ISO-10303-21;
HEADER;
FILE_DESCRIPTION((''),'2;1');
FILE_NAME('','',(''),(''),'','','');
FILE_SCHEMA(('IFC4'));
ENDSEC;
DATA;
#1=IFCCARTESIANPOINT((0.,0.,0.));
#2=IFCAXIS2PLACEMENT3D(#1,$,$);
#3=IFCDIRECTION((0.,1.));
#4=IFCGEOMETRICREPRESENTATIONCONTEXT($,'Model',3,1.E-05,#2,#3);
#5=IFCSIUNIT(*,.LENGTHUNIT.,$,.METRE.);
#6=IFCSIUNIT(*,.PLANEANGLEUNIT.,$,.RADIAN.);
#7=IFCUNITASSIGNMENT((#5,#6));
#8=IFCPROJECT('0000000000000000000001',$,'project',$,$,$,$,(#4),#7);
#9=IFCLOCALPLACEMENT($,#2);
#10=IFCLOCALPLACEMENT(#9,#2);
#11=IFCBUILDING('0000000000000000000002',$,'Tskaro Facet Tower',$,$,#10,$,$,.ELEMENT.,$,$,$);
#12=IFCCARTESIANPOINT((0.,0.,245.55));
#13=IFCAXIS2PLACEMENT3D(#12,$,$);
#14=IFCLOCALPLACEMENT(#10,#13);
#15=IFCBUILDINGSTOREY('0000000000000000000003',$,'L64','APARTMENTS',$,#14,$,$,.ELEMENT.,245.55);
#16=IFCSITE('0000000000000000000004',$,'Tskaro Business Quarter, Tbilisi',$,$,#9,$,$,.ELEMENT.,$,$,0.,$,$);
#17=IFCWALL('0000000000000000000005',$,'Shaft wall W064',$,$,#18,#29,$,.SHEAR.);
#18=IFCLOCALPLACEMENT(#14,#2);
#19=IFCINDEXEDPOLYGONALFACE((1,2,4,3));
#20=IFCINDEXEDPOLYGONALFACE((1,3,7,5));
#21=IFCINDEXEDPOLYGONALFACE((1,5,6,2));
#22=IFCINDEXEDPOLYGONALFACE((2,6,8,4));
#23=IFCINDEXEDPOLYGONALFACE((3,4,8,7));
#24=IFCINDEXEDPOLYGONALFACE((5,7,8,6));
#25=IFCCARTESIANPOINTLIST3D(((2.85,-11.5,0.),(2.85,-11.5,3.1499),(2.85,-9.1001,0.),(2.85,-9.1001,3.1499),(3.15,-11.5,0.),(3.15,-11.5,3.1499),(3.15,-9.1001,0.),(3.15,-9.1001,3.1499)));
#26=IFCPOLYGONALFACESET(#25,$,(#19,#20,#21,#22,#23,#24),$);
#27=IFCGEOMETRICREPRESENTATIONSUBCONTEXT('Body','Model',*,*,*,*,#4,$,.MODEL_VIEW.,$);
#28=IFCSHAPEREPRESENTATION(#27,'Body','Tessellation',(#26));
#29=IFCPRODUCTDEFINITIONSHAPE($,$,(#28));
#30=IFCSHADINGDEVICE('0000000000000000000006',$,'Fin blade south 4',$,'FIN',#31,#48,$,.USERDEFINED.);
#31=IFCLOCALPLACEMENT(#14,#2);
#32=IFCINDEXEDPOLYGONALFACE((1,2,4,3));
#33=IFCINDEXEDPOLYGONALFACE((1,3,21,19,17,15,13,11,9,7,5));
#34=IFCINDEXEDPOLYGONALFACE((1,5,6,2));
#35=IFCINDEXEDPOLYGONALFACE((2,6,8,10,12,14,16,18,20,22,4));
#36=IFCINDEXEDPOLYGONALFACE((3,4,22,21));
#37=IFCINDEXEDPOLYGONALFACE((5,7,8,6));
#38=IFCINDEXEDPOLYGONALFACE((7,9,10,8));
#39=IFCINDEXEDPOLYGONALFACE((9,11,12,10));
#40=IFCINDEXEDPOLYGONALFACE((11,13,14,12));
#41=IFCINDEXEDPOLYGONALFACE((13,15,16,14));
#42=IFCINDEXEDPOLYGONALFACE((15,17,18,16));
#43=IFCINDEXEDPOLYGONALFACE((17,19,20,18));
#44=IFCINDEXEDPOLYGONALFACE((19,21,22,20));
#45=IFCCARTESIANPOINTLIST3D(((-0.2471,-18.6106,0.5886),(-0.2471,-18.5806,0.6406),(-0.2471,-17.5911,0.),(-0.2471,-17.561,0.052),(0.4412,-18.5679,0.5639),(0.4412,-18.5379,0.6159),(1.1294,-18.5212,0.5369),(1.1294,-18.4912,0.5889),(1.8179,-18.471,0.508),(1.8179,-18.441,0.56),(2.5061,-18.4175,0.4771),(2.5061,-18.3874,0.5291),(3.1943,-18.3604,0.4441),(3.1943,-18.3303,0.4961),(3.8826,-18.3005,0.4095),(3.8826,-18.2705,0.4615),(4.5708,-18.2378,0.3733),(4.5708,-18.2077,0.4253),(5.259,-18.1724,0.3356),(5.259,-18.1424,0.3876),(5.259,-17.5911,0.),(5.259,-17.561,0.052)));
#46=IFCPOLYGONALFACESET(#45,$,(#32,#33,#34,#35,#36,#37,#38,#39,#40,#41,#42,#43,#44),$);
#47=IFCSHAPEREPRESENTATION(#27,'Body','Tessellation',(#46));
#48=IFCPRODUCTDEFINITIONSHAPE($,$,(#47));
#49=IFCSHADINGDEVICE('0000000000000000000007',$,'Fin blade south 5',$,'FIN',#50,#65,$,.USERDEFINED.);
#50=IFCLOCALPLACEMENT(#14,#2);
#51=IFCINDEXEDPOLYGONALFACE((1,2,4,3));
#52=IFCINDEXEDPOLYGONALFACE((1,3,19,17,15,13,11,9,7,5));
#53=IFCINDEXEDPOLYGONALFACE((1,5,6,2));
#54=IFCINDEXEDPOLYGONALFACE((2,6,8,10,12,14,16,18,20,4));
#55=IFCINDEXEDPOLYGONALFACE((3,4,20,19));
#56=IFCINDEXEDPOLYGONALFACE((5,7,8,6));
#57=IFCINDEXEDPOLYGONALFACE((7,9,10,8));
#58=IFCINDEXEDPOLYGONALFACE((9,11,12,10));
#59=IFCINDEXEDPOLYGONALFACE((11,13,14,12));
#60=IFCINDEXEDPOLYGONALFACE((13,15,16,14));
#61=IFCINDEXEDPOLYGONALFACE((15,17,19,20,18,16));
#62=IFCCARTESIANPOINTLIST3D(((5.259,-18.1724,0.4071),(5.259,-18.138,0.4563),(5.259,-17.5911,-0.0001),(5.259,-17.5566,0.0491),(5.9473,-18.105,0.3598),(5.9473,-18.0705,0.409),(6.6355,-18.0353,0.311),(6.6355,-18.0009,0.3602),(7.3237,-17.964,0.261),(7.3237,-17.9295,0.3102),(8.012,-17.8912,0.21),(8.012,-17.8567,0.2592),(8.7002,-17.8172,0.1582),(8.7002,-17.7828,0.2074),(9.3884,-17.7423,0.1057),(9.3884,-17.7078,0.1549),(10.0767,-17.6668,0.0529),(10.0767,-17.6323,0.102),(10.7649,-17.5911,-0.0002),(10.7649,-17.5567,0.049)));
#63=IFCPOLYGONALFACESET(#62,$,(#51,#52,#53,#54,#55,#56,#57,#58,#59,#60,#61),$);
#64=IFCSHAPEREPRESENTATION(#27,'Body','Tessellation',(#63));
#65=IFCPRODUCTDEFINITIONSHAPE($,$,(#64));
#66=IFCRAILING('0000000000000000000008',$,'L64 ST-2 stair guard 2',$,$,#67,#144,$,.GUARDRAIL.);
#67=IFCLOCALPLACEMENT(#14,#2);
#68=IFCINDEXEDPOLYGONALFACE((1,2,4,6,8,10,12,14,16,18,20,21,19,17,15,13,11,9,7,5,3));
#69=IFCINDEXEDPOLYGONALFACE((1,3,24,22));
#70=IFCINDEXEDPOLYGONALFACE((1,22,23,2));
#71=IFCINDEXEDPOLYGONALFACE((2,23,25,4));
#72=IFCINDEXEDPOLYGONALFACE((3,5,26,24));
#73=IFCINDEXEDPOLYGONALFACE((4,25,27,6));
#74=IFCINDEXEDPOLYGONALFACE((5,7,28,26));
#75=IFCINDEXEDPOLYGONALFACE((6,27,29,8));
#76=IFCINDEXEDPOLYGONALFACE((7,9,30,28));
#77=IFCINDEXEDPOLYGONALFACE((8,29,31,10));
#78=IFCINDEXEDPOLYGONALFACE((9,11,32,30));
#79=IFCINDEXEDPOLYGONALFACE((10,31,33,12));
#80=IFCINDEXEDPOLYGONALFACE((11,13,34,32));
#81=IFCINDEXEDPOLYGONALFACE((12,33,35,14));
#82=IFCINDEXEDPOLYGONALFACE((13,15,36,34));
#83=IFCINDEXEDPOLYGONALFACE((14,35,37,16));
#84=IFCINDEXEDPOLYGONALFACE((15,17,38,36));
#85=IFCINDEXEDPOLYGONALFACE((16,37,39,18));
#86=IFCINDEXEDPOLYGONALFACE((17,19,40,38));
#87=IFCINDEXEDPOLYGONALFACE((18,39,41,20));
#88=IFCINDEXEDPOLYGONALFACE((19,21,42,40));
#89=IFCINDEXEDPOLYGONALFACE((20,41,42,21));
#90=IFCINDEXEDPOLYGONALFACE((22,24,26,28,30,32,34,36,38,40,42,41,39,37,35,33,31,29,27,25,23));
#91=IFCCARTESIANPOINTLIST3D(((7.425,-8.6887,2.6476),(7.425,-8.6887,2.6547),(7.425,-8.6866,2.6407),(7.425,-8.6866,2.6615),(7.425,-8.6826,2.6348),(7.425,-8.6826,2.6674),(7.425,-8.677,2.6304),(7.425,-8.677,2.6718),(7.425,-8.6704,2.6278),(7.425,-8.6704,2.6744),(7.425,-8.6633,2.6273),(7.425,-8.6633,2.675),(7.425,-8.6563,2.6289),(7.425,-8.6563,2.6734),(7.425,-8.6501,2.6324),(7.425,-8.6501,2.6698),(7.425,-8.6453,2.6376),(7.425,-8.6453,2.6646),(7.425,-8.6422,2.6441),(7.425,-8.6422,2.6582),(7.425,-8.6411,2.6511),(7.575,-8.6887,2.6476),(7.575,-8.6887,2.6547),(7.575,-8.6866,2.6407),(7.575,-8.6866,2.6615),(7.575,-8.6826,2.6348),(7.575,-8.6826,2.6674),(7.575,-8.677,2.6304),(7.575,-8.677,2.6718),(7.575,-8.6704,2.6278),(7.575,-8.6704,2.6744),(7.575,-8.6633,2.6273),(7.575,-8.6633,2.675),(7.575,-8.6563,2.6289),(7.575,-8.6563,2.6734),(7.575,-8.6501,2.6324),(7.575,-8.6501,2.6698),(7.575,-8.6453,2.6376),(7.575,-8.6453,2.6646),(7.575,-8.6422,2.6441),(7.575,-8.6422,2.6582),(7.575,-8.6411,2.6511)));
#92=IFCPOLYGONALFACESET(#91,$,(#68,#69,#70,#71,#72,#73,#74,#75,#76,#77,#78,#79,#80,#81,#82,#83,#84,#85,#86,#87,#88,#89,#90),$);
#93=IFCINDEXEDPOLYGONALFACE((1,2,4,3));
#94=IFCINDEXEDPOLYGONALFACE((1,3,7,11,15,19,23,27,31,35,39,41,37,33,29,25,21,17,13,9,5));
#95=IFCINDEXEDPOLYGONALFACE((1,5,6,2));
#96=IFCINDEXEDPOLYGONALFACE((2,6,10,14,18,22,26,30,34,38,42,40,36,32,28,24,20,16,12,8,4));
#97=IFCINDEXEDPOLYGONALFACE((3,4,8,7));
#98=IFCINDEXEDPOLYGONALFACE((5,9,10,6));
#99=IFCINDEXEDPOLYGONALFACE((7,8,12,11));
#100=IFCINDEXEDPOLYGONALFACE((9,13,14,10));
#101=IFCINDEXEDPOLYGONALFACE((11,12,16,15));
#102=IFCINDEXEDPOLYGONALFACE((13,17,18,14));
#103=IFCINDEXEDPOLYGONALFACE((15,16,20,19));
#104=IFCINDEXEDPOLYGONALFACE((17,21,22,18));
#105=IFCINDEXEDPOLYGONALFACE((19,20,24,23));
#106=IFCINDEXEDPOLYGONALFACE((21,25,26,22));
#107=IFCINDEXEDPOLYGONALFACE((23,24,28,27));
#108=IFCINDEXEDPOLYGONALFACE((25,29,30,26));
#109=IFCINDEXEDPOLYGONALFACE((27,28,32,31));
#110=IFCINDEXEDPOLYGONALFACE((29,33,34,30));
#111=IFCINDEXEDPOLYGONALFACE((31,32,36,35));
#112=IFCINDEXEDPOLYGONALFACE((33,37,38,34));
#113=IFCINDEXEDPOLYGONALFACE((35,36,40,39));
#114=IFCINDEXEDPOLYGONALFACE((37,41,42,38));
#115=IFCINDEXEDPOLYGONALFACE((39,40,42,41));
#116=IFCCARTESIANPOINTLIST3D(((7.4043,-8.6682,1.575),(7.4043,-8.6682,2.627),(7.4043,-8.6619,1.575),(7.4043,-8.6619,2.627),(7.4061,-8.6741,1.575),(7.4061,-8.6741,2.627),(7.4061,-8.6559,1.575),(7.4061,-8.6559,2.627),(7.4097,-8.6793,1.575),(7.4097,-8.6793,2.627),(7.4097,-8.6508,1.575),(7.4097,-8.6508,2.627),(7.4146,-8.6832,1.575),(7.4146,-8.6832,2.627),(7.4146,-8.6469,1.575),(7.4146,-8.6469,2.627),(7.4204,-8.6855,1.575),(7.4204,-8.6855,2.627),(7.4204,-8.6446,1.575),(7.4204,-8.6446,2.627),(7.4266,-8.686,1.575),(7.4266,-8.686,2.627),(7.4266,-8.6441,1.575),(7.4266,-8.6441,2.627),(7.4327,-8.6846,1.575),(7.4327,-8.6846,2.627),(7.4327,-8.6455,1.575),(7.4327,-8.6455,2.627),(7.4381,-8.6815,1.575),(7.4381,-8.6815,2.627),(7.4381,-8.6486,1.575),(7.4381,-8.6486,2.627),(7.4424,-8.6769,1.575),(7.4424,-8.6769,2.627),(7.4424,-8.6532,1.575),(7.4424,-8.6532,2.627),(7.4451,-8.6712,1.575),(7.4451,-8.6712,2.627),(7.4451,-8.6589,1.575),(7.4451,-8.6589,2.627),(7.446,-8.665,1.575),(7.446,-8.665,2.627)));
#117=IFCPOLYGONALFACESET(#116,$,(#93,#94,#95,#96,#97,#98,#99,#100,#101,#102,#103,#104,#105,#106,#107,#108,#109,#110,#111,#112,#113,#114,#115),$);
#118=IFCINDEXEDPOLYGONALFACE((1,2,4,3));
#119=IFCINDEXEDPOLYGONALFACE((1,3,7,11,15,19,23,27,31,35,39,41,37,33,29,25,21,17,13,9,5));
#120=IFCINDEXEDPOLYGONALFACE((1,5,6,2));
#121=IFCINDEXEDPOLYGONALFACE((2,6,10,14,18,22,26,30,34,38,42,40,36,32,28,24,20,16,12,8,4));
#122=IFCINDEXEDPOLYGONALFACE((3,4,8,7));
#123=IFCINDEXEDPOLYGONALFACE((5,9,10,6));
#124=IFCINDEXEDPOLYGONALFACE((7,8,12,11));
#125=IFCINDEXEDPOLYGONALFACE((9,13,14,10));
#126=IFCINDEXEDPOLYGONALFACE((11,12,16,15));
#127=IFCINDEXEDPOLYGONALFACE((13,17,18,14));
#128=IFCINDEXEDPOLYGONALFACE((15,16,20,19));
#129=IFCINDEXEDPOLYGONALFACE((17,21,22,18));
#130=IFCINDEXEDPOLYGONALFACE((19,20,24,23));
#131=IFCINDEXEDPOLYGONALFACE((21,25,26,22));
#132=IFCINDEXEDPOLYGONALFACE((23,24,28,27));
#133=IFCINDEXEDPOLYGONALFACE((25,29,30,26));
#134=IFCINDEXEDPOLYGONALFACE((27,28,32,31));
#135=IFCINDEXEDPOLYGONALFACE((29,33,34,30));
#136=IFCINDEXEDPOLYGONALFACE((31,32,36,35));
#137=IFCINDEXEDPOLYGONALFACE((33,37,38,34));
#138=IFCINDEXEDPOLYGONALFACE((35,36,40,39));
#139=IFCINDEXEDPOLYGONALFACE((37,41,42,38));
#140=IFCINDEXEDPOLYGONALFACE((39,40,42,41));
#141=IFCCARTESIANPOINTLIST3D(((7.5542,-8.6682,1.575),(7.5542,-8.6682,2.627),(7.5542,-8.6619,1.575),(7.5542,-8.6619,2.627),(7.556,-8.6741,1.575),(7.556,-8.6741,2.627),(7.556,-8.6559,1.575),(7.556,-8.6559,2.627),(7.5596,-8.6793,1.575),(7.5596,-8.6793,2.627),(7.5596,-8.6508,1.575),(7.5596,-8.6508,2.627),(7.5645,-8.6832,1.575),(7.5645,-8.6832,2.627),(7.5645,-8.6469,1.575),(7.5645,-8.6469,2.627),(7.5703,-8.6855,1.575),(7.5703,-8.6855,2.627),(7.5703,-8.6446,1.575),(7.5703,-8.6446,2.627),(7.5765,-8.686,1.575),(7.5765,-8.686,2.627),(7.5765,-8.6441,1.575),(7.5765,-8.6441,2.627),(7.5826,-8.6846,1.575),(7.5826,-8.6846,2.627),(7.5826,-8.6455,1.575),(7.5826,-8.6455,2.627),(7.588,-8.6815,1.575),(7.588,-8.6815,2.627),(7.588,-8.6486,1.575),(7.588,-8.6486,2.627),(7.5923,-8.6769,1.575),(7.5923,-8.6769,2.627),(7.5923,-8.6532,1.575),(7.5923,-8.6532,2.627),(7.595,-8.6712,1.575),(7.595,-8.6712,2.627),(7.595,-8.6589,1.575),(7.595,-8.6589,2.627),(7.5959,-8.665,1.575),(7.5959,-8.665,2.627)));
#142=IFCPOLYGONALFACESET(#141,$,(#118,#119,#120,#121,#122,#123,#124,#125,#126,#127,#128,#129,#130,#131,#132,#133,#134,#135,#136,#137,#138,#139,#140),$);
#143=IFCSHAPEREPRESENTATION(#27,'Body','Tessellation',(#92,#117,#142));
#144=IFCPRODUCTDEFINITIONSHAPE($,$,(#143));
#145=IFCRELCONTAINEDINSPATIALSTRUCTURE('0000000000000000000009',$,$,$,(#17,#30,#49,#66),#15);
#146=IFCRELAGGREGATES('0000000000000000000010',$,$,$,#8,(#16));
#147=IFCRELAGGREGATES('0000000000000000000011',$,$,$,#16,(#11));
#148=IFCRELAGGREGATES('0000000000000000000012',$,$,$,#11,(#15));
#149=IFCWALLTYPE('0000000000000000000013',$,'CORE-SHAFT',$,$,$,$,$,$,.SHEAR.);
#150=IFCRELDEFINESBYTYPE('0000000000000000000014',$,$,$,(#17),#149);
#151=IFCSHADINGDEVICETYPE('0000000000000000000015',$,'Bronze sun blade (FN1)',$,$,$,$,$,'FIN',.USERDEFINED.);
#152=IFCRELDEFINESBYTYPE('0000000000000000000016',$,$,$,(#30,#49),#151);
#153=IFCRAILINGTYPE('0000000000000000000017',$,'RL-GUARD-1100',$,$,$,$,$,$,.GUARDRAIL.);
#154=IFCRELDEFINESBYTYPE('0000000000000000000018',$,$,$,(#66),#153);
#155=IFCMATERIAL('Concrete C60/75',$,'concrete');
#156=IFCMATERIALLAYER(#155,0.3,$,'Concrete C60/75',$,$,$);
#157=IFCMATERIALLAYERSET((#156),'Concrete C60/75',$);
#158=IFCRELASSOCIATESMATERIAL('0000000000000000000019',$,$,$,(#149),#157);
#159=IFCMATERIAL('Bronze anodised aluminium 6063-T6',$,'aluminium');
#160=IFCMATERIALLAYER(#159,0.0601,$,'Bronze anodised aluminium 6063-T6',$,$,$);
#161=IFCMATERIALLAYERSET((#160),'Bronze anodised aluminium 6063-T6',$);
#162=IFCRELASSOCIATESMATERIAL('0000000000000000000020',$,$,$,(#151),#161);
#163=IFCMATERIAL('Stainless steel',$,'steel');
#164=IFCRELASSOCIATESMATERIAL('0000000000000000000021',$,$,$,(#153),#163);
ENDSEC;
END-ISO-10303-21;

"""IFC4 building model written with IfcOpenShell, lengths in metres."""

from ifc_helpers import new_model, si_unit, direction, frame, frame_2d, origin, origin_2d, place, context, subcontext, project, spatial, polyline, rectangle, circle, outline, extrude, material, layer, layer_set, type_object, element, save


model = new_model("IFC4")

# Units and contexts
model_context = context("Model", 3, precision=1e-05, world=origin(), true_north=direction((0.0, 1.0)))
body_context = subcontext(model_context, "Body", "Model", "MODEL_VIEW")
ifc_project = project(units=[si_unit("LENGTHUNIT", "METRE"), si_unit("PLANEANGLEUNIT", "RADIAN")], contexts=[model_context])

# Site, building, storey
site_placement = place(None, origin())
site = spatial("IfcSite", under=ifc_project, at=site_placement, Name="Tskaro Business Quarter, Tbilisi", CompositionType="ELEMENT", RefElevation=0.0)
building_placement = place(site_placement, origin())
building = spatial("IfcBuilding", under=site, at=building_placement, Name="Tskaro Facet Tower", CompositionType="ELEMENT")
storey_placement = place(building_placement, frame((0.0, 0.0, 245.55)))
storey = spatial("IfcBuildingStorey", under=building, at=storey_placement, Name="L64", Description="APARTMENTS", CompositionType="ELEMENT", Elevation=245.55)

# Shared definitions
ifc_material_1 = material(Name="Bronze anodised aluminium 6063-T6", Category="aluminium")

# Wall
ifc_material_2 = material(Name="Concrete C60/75", Category="concrete")
ifc_layer_1 = layer(ifc_material_2, 0.3, Name="Concrete C60/75")
ifc_layer_set_1 = layer_set([ifc_layer_1], Name="Concrete C60/75")
wall_type = type_object("IfcWallType", Name="CORE-SHAFT", PredefinedType="SHEAR", material=ifc_layer_set_1)
for number, where, z_axis, x_axis, name in (
    (1, (3.0, -11.5, 0.0), (0.0, 0.0, 1.0), (0.0, 1.0, 0.0), "Shaft wall W064"),
):
    element("IfcWall", number, at=place(storey_placement, frame(where, z_axis=z_axis, x_axis=x_axis)), inside=storey, type_object=wall_type, Name=name, PredefinedType="SHEAR", context=body_context, shape_type="SweptSolid", body=[
        extrude(rectangle(XDim=2.3999, YDim=0.3, at=frame_2d((1.2, 0.0))), origin(), (0.0, 0.0, 1.0), 3.1499),
    ])

# Shading devices
ifc_layer_2 = layer(ifc_material_1, 0.0601, Name="Bronze anodised aluminium 6063-T6")
ifc_layer_set_2 = layer_set([ifc_layer_2], Name="Bronze anodised aluminium 6063-T6")
shading_device_type = type_object("IfcShadingDeviceType", Name="Bronze sun blade (FN1)", ElementType="FIN", PredefinedType="USERDEFINED", material=ifc_layer_set_2)
shading_device_1_placement = place(storey_placement, frame((-0.2471, -17.561, 0.052), z_axis=(0.000001, 0.499951, 0.866054), x_axis=(1.0, 0.0, -0.000001)))
element("IfcShadingDevice", 2, at=shading_device_1_placement, inside=storey, type_object=shading_device_type, Name="Fin blade south 4", ObjectType="FIN", PredefinedType="USERDEFINED", context=body_context, shape_type="SweptSolid", body=[
    extrude(outline(polyline([(0.0, 0.0), (5.5061, 0.0), (5.5061, -0.6713), (4.8179, -0.7467), (4.1296, -0.8191), (3.4414, -0.8883), (2.7532, -0.9542), (2.0649, -1.016), (1.3765, -1.074), (0.6882, -1.1279), (0.0, -1.1773), (0.0, 0.0)])), origin(), (0.0, 0.0, -1.0), 0.0601),
])
shading_device_2_placement = place(storey_placement, frame((5.259, -17.5566, 0.0491), z_axis=(0.000007, 0.573714, 0.819056), x_axis=(1.0, -0.000004, -0.000006)))
element("IfcShadingDevice", 3, at=shading_device_2_placement, inside=storey, type_object=shading_device_type, Name="Fin blade south 5", ObjectType="FIN", PredefinedType="USERDEFINED", context=body_context, shape_type="SweptSolid", body=[
    extrude(outline(polyline([(0.0, 0.0), (5.5059, 0.0), (4.8176, -0.0924), (4.1294, -0.1846), (3.4412, -0.2761), (2.7529, -0.3664), (2.0647, -0.4552), (1.3765, -0.5424), (0.6882, -0.6274), (0.0, -0.7097), (0.0, 0.0)])), origin(), (0.0, 0.0, -1.0), 0.0601),
])

# Railing
ifc_material_3 = material(Name="Stainless steel", Category="steel")
railing_type = type_object("IfcRailingType", Name="RL-GUARD-1100", PredefinedType="GUARDRAIL", material=ifc_material_3)
railing_1_placement = place(storey_placement, frame((7.425, -8.665, 1.575)))
element("IfcRailing", 4, at=railing_1_placement, inside=storey, type_object=railing_type, Name="L64 ST-2 stair guard 2", PredefinedType="GUARDRAIL", context=body_context, shape_type="SweptSolid", body=[
    extrude(circle(Radius=0.0239, at=origin_2d()), frame((0.0, 0.0, 1.0762), z_axis=(1.0, 0.0, 0.0), x_axis=(0.0, 1.0, 0.0)), (0.0, 0.0, 1.0), 0.1499),
    extrude(circle(Radius=0.021, at=origin_2d()), origin(), (0.0, 0.0, 1.0), 1.052),
    extrude(circle(Radius=0.021, at=origin_2d()), frame((0.1499, 0.0, 0.0)), (0.0, 0.0, 1.0), 1.052),
])

save(model, "model.ifc")
